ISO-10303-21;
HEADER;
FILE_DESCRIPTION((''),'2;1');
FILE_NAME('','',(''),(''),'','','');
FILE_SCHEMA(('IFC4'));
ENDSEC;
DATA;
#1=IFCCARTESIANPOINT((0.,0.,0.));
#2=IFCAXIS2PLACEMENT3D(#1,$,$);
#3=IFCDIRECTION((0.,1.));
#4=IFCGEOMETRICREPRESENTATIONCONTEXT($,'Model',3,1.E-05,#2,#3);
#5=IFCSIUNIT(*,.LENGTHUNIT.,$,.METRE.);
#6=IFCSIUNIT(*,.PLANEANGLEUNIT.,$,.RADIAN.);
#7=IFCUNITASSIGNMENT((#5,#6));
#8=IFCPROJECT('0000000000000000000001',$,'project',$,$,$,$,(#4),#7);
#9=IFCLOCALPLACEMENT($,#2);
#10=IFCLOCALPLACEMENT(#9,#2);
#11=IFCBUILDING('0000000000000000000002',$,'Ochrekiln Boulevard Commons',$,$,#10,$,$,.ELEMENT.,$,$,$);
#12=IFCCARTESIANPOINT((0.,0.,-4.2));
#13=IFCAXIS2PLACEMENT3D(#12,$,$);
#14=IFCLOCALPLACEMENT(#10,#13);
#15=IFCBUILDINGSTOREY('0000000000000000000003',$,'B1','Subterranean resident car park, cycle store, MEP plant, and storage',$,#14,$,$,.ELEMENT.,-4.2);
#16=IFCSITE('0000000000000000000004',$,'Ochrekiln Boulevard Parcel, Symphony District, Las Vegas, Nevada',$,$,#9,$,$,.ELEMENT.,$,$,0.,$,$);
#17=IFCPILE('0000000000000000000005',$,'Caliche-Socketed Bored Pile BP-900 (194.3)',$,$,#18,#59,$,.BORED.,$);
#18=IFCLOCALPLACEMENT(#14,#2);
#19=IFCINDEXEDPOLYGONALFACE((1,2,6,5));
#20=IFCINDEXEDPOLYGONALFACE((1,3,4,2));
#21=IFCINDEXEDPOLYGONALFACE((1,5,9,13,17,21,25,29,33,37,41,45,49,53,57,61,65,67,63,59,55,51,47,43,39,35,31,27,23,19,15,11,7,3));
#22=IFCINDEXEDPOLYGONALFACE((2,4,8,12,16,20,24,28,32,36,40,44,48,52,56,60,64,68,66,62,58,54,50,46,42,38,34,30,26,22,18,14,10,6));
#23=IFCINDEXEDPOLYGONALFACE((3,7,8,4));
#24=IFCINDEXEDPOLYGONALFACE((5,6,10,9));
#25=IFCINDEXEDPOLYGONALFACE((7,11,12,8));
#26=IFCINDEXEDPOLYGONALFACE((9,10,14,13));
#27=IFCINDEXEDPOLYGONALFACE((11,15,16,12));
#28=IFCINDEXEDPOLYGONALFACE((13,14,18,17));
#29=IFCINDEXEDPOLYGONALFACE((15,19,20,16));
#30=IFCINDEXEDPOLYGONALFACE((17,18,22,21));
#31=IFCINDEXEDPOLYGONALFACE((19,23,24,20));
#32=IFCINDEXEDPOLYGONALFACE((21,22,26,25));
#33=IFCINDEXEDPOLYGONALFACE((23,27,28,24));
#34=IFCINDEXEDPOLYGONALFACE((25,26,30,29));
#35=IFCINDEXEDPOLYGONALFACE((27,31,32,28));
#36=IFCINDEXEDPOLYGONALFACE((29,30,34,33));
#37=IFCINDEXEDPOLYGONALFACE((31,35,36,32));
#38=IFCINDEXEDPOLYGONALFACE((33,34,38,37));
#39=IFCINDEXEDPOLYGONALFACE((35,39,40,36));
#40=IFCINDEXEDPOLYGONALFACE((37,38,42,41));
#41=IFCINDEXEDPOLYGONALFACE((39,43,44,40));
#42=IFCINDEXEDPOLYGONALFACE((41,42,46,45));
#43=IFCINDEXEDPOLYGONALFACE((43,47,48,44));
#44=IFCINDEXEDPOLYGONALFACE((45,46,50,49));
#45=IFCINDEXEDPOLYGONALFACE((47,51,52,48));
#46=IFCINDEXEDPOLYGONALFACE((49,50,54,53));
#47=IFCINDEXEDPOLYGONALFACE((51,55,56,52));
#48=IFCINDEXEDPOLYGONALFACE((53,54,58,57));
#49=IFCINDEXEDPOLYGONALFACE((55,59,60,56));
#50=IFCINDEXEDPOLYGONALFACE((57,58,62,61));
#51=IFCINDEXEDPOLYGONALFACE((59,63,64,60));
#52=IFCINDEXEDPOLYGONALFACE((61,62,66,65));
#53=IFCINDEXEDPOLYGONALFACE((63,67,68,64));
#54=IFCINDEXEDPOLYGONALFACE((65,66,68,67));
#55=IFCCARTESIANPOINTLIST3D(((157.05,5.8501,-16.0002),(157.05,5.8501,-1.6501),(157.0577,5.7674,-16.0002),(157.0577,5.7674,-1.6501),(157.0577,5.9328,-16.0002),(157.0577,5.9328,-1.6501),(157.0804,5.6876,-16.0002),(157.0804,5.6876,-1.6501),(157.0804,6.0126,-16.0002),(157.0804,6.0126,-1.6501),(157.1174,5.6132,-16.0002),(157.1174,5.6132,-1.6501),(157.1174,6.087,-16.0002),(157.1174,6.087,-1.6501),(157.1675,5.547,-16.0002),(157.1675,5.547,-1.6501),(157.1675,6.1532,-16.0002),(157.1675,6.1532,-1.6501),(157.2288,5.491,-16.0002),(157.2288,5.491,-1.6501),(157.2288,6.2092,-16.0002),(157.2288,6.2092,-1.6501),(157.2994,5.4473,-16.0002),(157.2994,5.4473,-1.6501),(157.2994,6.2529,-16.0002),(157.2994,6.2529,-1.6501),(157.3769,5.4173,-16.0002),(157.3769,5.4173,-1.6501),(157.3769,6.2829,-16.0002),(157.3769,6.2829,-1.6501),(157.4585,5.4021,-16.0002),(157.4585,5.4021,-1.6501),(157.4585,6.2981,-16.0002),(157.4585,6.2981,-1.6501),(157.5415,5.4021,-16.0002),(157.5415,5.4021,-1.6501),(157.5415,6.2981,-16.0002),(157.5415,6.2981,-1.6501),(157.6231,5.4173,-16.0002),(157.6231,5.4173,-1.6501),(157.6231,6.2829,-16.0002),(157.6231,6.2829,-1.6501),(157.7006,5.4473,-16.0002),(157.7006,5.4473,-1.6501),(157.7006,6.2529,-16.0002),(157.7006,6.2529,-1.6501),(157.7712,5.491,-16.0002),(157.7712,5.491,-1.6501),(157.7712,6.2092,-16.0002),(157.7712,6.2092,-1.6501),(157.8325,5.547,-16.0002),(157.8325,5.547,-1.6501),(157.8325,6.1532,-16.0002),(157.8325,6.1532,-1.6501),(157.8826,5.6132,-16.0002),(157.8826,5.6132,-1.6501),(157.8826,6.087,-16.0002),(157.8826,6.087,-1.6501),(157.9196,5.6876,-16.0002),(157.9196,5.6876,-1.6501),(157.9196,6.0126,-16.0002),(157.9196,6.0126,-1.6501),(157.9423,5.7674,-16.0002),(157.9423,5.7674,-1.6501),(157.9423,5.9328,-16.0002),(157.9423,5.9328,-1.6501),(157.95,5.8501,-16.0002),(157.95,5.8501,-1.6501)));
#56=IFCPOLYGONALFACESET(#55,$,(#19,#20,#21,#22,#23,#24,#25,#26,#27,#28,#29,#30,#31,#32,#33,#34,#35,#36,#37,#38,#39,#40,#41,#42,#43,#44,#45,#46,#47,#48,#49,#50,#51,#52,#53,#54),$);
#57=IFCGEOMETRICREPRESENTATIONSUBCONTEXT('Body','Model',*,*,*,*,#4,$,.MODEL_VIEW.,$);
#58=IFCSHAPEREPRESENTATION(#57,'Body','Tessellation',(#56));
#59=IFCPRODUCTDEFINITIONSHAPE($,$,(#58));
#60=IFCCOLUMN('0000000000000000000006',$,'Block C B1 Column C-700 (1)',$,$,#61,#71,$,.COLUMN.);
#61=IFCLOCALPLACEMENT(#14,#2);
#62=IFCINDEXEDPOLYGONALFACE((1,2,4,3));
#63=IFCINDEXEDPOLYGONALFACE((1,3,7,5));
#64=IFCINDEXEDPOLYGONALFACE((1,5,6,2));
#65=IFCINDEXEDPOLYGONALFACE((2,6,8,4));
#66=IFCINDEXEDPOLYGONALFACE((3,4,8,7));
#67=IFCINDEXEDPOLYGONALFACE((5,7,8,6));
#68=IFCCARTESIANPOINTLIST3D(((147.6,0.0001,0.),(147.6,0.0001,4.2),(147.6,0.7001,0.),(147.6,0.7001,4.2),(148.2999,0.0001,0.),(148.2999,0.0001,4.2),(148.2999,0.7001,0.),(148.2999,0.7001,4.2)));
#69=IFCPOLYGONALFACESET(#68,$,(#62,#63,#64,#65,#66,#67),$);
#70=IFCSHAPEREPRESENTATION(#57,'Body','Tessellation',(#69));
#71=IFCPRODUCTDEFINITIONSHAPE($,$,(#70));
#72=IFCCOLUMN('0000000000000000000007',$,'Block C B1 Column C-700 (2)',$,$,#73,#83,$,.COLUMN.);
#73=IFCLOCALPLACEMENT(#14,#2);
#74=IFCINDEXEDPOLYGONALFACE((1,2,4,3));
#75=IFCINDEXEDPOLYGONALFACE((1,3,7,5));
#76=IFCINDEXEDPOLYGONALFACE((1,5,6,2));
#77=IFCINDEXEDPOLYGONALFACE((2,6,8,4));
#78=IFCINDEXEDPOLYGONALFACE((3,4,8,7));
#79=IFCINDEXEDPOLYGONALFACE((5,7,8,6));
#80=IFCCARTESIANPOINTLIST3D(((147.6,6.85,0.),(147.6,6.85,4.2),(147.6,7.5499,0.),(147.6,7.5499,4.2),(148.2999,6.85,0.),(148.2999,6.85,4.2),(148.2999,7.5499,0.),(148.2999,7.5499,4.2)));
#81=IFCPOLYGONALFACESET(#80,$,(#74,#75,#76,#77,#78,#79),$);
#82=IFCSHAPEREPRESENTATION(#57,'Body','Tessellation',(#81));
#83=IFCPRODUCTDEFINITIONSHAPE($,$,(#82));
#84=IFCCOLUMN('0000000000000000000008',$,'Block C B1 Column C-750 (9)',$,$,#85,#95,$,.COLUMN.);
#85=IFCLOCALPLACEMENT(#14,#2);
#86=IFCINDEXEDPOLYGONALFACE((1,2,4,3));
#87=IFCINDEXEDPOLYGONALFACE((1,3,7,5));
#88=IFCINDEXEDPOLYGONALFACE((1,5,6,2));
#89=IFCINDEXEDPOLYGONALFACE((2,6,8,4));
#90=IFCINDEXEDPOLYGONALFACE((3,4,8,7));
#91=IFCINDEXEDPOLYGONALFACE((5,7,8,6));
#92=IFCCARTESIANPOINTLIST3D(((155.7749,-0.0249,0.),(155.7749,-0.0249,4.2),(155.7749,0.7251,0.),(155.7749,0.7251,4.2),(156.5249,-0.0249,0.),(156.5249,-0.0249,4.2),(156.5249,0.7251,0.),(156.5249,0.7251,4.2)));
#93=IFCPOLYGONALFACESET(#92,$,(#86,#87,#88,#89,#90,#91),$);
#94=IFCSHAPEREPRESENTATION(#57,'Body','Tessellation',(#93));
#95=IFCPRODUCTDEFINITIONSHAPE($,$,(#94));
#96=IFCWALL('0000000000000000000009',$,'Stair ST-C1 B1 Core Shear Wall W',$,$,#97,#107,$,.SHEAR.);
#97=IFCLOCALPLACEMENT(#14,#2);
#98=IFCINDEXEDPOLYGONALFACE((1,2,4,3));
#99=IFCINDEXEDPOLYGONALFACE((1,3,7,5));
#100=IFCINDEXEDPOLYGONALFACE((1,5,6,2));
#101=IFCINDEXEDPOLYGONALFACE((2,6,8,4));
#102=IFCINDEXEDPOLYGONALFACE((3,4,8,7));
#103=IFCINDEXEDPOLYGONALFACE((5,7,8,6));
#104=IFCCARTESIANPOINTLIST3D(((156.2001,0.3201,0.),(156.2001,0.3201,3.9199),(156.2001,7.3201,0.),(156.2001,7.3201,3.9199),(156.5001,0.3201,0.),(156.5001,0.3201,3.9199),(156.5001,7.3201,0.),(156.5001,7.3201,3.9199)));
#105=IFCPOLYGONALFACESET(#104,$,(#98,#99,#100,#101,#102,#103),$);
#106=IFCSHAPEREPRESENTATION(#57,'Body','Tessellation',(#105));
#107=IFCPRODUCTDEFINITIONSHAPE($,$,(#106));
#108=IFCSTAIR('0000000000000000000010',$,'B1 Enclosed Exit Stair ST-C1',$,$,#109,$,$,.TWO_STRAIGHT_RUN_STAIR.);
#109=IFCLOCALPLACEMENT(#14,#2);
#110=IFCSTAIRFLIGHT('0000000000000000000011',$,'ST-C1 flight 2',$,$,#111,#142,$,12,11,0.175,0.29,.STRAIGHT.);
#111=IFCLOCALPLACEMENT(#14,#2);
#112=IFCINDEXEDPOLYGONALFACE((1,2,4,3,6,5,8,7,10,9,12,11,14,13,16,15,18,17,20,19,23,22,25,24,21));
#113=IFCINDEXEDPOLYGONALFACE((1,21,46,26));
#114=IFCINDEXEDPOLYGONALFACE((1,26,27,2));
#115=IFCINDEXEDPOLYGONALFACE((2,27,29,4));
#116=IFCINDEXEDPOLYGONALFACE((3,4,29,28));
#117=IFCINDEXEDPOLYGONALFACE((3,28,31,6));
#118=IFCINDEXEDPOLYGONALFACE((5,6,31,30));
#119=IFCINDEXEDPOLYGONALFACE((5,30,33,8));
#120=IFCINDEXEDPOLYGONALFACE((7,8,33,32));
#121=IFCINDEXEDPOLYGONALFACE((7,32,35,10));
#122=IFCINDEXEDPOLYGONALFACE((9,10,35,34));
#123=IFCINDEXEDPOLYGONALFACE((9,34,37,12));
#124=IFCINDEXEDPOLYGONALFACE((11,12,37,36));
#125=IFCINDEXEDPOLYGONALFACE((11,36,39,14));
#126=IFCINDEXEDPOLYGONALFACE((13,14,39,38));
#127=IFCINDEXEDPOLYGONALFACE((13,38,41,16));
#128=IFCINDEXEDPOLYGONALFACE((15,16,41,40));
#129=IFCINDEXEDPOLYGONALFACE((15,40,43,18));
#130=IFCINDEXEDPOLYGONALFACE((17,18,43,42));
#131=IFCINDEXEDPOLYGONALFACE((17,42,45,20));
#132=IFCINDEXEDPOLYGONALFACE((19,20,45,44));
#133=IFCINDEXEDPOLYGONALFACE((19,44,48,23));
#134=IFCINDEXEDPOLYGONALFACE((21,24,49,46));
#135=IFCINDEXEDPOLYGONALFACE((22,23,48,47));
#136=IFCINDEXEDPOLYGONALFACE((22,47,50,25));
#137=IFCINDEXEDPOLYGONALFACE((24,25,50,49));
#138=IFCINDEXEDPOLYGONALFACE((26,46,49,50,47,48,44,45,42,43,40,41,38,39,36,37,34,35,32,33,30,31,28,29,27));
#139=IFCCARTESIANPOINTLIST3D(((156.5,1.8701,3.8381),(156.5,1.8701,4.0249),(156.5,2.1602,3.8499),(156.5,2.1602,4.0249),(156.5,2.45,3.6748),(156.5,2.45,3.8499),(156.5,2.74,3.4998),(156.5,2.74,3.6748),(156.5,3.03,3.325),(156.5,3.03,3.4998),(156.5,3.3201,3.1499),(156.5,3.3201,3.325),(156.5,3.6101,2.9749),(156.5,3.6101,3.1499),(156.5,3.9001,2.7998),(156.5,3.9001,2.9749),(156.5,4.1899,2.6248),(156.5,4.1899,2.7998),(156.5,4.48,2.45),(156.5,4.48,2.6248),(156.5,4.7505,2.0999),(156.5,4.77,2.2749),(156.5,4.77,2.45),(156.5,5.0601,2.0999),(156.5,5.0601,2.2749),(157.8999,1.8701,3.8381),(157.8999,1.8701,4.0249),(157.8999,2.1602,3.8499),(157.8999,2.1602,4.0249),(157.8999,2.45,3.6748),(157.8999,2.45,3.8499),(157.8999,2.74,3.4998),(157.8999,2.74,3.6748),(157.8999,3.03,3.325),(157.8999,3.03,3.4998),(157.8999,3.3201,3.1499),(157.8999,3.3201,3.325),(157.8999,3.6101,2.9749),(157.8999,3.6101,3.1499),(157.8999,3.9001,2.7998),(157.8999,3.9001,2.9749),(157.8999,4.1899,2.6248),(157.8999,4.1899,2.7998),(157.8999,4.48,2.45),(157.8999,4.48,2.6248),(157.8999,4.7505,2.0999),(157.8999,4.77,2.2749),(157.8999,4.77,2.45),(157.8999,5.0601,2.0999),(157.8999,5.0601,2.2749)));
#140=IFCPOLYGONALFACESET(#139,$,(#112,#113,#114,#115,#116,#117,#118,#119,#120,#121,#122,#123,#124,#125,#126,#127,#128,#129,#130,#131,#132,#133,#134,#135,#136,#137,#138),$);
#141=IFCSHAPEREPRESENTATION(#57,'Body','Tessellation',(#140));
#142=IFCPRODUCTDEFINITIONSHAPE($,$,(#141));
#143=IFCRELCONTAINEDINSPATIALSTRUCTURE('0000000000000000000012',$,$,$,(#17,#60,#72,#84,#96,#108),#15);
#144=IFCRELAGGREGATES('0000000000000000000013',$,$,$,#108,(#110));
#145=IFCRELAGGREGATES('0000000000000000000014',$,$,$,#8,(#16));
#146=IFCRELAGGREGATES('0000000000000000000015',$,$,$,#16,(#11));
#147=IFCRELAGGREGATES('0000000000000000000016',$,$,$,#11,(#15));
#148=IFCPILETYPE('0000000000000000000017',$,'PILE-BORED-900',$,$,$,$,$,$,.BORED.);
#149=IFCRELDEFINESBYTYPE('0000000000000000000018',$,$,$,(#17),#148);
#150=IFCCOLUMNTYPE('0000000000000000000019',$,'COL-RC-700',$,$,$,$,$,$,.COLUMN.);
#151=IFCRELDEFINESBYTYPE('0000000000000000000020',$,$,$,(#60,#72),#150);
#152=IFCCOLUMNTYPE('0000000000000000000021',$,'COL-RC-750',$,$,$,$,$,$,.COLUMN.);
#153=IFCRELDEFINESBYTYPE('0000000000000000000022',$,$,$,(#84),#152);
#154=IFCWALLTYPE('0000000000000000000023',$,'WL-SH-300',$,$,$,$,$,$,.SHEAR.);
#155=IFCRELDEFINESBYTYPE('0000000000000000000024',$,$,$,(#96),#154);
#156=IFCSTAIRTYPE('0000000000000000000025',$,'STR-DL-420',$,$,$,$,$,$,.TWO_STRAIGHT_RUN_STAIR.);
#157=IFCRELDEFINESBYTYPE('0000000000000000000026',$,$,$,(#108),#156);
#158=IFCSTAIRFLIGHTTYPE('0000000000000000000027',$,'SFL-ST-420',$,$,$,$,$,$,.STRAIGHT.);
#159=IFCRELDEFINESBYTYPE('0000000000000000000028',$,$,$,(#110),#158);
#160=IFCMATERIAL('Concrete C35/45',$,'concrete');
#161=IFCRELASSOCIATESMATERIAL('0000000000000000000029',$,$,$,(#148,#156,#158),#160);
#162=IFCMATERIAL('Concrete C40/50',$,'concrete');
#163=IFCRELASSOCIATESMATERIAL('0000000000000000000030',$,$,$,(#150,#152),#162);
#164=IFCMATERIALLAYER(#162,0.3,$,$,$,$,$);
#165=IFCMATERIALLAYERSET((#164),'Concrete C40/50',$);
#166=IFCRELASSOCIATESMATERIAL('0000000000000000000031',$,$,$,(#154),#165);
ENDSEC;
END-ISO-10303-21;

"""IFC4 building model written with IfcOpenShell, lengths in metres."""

from ifc_helpers import new_model, si_unit, direction, frame, frame_2d, origin, origin_2d, place, context, subcontext, project, spatial, polyline, rectangle, circle, outline, extrude, material, layer, layer_set, material_profile, profile_set, type_object, element, aggregate, save


model = new_model("IFC4")

# Units and contexts
model_context = context("Model", 3, precision=1e-05, world=origin(), true_north=direction((0.0, 1.0)))
body_context = subcontext(model_context, "Body", "Model", "MODEL_VIEW")
ifc_project = project(units=[si_unit("LENGTHUNIT", "METRE"), si_unit("PLANEANGLEUNIT", "RADIAN")], contexts=[model_context])

# Site, building, storey
site_placement = place(None, origin())
site = spatial("IfcSite", under=ifc_project, at=site_placement, Name="Ochrekiln Boulevard Parcel, Symphony District, Las Vegas, Nevada", CompositionType="ELEMENT", RefElevation=0.0)
building_placement = place(site_placement, origin())
building = spatial("IfcBuilding", under=site, at=building_placement, Name="Ochrekiln Boulevard Commons", CompositionType="ELEMENT")
storey_placement = place(building_placement, frame((0.0, 0.0, -4.2)))
storey = spatial("IfcBuildingStorey", under=building, at=storey_placement, Name="B1", Description="Subterranean resident car park, cycle store, MEP plant, and storage", CompositionType="ELEMENT", Elevation=-4.2)

# Shared definitions
ifc_material_1 = material(Name="Concrete C35/45", Category="concrete")

# Pile
ifc_material_profile_1 = material_profile(ifc_material_1, circle(Radius=0.45, at=origin_2d()), Name="PILE-D900")
ifc_profile_set_1 = profile_set([ifc_material_profile_1], Name="Concrete C35/45")
pile_type = type_object("IfcPileType", Name="PILE-BORED-900", PredefinedType="BORED", material=ifc_profile_set_1)
for number, where, z_axis, x_axis, name in (
    (1, (157.5, 5.8501, -1.6501), (0.0, 0.0, -1.0), (1.0, 0.0, 0.0), "Caliche-Socketed Bored Pile BP-900 (194.3)"),
):
    element("IfcPile", number, at=place(storey_placement, frame(where, z_axis=z_axis, x_axis=x_axis)), inside=storey, type_object=pile_type, Name=name, PredefinedType="BORED", context=body_context, shape_type="SweptSolid", body=[
        extrude(circle(Radius=0.45, at=origin_2d()), origin(), (0.0, 0.0, 1.0), 14.3501),
    ])

# Columns
ifc_material_2 = material(Name="Concrete C40/50", Category="concrete")
ifc_material_profile_2 = material_profile(ifc_material_2, rectangle(XDim=0.7, YDim=0.7, at=origin_2d()), Name="RC-COL-700x700")
ifc_profile_set_2 = profile_set([ifc_material_profile_2], Name="Concrete C40/50")
column_type_1 = type_object("IfcColumnType", Name="COL-RC-700", PredefinedType="COLUMN", material=ifc_profile_set_2)
for number, where, z_axis, x_axis, name in (
    (2, (147.95, 0.3501, 0.0), (0.0, 0.0, 1.0), (1.0, 0.0, 0.0), "Block C B1 Column C-700 (1)"),
    (3, (147.95, 7.2, 0.0), (0.0, 0.0, 1.0), (1.0, 0.0, 0.0), "Block C B1 Column C-700 (2)"),
):
    element("IfcColumn", number, at=place(storey_placement, frame(where, z_axis=z_axis, x_axis=x_axis)), inside=storey, type_object=column_type_1, Name=name, PredefinedType="COLUMN", context=body_context, shape_type="SweptSolid", body=[
        extrude(rectangle(XDim=0.7, YDim=0.7, at=origin_2d()), origin(), (0.0, 0.0, 1.0), 4.2),
    ])
ifc_material_profile_3 = material_profile(ifc_material_2, rectangle(XDim=0.75, YDim=0.75, at=origin_2d()), Name="RC-COL-750x750")
ifc_profile_set_3 = profile_set([ifc_material_profile_3], Name="Concrete C40/50")
column_type_2 = type_object("IfcColumnType", Name="COL-RC-750", PredefinedType="COLUMN", material=ifc_profile_set_3)
column_placement = place(storey_placement, frame((156.1499, 0.3501, 0.0), z_axis=(0.0, 0.0, 1.0), x_axis=(1.0, 0.0, 0.0)))
element("IfcColumn", 4, at=column_placement, inside=storey, type_object=column_type_2, Name="Block C B1 Column C-750 (9)", PredefinedType="COLUMN", context=body_context, shape_type="SweptSolid", body=[
    extrude(rectangle(XDim=0.75, YDim=0.75, at=origin_2d()), origin(), (0.0, 0.0, 1.0), 4.2),
])

# Wall
ifc_layer = layer(ifc_material_2, 0.3)
ifc_layer_set = layer_set([ifc_layer], Name="Concrete C40/50")
wall_type = type_object("IfcWallType", Name="WL-SH-300", PredefinedType="SHEAR", material=ifc_layer_set)
wall_placement = place(storey_placement, frame((156.3501, 0.3201, 0.0), z_axis=(0.0, 0.0, 1.0), x_axis=(0.0, 1.0, 0.0)))
element("IfcWall", 5, at=wall_placement, inside=storey, type_object=wall_type, Name="Stair ST-C1 B1 Core Shear Wall W", PredefinedType="SHEAR", context=body_context, shape_type="SweptSolid", body=[
    extrude(rectangle(XDim=7.0, YDim=0.3, at=frame_2d((3.5, 0.0))), origin(), (0.0, 0.0, 1.0), 3.9199),
])

# Stair, stair flight
stair_type = type_object("IfcStairType", Name="STR-DL-420", PredefinedType="TWO_STRAIGHT_RUN_STAIR", material=ifc_material_1)
stair_placement = place(storey_placement, origin())
stair = element("IfcStair", 6, at=stair_placement, inside=storey, type_object=stair_type, Name="B1 Enclosed Exit Stair ST-C1", PredefinedType="TWO_STRAIGHT_RUN_STAIR")
stair_flight_type = type_object("IfcStairFlightType", Name="SFL-ST-420", PredefinedType="STRAIGHT", material=ifc_material_1)
stair_flight_placement = place(storey_placement, frame((157.2, 5.0601, 2.0999), z_axis=(0.0, 0.0, 1.0), x_axis=(0.0, -1.0, 0.0)))
stair_flight = element("IfcStairFlight", 7, at=stair_flight_placement, type_object=stair_flight_type, Name="ST-C1 flight 2", NumberOfRisers=12, NumberOfTreads=11, PredefinedType="STRAIGHT", RiserHeight=0.175, TreadLength=0.29, context=body_context, shape_type="SweptSolid", body=[
    extrude(outline(polyline([(0.0, 0.0), (0.0, 0.175), (0.29, 0.175), (0.29, 0.3501), (0.5801, 0.3501), (0.5801, 0.5249), (0.8701, 0.5249), (0.8701, 0.7), (1.1599, 0.7), (1.1599, 0.875), (1.45, 0.875), (1.45, 1.05), (1.74, 1.05), (1.74, 1.2251), (2.03, 1.2251), (2.03, 1.3999), (2.3201, 1.3999), (2.3201, 1.575), (2.6101, 1.575), (2.6101, 1.75), (2.8999, 1.75), (2.8999, 1.925), (3.1899, 1.925), (3.1899, 2.1001), (3.1899, 1.7383), (0.3096, 0.0), (0.0, 0.0)])), frame((0.0, 0.7, 0.0), z_axis=(0.0, -1.0, 0.0), x_axis=(1.0, 0.0, 0.0)), (0.0, 0.0, 1.0), 1.3999),
])
aggregate(stair, [stair_flight])

save(model, "model.ifc")
